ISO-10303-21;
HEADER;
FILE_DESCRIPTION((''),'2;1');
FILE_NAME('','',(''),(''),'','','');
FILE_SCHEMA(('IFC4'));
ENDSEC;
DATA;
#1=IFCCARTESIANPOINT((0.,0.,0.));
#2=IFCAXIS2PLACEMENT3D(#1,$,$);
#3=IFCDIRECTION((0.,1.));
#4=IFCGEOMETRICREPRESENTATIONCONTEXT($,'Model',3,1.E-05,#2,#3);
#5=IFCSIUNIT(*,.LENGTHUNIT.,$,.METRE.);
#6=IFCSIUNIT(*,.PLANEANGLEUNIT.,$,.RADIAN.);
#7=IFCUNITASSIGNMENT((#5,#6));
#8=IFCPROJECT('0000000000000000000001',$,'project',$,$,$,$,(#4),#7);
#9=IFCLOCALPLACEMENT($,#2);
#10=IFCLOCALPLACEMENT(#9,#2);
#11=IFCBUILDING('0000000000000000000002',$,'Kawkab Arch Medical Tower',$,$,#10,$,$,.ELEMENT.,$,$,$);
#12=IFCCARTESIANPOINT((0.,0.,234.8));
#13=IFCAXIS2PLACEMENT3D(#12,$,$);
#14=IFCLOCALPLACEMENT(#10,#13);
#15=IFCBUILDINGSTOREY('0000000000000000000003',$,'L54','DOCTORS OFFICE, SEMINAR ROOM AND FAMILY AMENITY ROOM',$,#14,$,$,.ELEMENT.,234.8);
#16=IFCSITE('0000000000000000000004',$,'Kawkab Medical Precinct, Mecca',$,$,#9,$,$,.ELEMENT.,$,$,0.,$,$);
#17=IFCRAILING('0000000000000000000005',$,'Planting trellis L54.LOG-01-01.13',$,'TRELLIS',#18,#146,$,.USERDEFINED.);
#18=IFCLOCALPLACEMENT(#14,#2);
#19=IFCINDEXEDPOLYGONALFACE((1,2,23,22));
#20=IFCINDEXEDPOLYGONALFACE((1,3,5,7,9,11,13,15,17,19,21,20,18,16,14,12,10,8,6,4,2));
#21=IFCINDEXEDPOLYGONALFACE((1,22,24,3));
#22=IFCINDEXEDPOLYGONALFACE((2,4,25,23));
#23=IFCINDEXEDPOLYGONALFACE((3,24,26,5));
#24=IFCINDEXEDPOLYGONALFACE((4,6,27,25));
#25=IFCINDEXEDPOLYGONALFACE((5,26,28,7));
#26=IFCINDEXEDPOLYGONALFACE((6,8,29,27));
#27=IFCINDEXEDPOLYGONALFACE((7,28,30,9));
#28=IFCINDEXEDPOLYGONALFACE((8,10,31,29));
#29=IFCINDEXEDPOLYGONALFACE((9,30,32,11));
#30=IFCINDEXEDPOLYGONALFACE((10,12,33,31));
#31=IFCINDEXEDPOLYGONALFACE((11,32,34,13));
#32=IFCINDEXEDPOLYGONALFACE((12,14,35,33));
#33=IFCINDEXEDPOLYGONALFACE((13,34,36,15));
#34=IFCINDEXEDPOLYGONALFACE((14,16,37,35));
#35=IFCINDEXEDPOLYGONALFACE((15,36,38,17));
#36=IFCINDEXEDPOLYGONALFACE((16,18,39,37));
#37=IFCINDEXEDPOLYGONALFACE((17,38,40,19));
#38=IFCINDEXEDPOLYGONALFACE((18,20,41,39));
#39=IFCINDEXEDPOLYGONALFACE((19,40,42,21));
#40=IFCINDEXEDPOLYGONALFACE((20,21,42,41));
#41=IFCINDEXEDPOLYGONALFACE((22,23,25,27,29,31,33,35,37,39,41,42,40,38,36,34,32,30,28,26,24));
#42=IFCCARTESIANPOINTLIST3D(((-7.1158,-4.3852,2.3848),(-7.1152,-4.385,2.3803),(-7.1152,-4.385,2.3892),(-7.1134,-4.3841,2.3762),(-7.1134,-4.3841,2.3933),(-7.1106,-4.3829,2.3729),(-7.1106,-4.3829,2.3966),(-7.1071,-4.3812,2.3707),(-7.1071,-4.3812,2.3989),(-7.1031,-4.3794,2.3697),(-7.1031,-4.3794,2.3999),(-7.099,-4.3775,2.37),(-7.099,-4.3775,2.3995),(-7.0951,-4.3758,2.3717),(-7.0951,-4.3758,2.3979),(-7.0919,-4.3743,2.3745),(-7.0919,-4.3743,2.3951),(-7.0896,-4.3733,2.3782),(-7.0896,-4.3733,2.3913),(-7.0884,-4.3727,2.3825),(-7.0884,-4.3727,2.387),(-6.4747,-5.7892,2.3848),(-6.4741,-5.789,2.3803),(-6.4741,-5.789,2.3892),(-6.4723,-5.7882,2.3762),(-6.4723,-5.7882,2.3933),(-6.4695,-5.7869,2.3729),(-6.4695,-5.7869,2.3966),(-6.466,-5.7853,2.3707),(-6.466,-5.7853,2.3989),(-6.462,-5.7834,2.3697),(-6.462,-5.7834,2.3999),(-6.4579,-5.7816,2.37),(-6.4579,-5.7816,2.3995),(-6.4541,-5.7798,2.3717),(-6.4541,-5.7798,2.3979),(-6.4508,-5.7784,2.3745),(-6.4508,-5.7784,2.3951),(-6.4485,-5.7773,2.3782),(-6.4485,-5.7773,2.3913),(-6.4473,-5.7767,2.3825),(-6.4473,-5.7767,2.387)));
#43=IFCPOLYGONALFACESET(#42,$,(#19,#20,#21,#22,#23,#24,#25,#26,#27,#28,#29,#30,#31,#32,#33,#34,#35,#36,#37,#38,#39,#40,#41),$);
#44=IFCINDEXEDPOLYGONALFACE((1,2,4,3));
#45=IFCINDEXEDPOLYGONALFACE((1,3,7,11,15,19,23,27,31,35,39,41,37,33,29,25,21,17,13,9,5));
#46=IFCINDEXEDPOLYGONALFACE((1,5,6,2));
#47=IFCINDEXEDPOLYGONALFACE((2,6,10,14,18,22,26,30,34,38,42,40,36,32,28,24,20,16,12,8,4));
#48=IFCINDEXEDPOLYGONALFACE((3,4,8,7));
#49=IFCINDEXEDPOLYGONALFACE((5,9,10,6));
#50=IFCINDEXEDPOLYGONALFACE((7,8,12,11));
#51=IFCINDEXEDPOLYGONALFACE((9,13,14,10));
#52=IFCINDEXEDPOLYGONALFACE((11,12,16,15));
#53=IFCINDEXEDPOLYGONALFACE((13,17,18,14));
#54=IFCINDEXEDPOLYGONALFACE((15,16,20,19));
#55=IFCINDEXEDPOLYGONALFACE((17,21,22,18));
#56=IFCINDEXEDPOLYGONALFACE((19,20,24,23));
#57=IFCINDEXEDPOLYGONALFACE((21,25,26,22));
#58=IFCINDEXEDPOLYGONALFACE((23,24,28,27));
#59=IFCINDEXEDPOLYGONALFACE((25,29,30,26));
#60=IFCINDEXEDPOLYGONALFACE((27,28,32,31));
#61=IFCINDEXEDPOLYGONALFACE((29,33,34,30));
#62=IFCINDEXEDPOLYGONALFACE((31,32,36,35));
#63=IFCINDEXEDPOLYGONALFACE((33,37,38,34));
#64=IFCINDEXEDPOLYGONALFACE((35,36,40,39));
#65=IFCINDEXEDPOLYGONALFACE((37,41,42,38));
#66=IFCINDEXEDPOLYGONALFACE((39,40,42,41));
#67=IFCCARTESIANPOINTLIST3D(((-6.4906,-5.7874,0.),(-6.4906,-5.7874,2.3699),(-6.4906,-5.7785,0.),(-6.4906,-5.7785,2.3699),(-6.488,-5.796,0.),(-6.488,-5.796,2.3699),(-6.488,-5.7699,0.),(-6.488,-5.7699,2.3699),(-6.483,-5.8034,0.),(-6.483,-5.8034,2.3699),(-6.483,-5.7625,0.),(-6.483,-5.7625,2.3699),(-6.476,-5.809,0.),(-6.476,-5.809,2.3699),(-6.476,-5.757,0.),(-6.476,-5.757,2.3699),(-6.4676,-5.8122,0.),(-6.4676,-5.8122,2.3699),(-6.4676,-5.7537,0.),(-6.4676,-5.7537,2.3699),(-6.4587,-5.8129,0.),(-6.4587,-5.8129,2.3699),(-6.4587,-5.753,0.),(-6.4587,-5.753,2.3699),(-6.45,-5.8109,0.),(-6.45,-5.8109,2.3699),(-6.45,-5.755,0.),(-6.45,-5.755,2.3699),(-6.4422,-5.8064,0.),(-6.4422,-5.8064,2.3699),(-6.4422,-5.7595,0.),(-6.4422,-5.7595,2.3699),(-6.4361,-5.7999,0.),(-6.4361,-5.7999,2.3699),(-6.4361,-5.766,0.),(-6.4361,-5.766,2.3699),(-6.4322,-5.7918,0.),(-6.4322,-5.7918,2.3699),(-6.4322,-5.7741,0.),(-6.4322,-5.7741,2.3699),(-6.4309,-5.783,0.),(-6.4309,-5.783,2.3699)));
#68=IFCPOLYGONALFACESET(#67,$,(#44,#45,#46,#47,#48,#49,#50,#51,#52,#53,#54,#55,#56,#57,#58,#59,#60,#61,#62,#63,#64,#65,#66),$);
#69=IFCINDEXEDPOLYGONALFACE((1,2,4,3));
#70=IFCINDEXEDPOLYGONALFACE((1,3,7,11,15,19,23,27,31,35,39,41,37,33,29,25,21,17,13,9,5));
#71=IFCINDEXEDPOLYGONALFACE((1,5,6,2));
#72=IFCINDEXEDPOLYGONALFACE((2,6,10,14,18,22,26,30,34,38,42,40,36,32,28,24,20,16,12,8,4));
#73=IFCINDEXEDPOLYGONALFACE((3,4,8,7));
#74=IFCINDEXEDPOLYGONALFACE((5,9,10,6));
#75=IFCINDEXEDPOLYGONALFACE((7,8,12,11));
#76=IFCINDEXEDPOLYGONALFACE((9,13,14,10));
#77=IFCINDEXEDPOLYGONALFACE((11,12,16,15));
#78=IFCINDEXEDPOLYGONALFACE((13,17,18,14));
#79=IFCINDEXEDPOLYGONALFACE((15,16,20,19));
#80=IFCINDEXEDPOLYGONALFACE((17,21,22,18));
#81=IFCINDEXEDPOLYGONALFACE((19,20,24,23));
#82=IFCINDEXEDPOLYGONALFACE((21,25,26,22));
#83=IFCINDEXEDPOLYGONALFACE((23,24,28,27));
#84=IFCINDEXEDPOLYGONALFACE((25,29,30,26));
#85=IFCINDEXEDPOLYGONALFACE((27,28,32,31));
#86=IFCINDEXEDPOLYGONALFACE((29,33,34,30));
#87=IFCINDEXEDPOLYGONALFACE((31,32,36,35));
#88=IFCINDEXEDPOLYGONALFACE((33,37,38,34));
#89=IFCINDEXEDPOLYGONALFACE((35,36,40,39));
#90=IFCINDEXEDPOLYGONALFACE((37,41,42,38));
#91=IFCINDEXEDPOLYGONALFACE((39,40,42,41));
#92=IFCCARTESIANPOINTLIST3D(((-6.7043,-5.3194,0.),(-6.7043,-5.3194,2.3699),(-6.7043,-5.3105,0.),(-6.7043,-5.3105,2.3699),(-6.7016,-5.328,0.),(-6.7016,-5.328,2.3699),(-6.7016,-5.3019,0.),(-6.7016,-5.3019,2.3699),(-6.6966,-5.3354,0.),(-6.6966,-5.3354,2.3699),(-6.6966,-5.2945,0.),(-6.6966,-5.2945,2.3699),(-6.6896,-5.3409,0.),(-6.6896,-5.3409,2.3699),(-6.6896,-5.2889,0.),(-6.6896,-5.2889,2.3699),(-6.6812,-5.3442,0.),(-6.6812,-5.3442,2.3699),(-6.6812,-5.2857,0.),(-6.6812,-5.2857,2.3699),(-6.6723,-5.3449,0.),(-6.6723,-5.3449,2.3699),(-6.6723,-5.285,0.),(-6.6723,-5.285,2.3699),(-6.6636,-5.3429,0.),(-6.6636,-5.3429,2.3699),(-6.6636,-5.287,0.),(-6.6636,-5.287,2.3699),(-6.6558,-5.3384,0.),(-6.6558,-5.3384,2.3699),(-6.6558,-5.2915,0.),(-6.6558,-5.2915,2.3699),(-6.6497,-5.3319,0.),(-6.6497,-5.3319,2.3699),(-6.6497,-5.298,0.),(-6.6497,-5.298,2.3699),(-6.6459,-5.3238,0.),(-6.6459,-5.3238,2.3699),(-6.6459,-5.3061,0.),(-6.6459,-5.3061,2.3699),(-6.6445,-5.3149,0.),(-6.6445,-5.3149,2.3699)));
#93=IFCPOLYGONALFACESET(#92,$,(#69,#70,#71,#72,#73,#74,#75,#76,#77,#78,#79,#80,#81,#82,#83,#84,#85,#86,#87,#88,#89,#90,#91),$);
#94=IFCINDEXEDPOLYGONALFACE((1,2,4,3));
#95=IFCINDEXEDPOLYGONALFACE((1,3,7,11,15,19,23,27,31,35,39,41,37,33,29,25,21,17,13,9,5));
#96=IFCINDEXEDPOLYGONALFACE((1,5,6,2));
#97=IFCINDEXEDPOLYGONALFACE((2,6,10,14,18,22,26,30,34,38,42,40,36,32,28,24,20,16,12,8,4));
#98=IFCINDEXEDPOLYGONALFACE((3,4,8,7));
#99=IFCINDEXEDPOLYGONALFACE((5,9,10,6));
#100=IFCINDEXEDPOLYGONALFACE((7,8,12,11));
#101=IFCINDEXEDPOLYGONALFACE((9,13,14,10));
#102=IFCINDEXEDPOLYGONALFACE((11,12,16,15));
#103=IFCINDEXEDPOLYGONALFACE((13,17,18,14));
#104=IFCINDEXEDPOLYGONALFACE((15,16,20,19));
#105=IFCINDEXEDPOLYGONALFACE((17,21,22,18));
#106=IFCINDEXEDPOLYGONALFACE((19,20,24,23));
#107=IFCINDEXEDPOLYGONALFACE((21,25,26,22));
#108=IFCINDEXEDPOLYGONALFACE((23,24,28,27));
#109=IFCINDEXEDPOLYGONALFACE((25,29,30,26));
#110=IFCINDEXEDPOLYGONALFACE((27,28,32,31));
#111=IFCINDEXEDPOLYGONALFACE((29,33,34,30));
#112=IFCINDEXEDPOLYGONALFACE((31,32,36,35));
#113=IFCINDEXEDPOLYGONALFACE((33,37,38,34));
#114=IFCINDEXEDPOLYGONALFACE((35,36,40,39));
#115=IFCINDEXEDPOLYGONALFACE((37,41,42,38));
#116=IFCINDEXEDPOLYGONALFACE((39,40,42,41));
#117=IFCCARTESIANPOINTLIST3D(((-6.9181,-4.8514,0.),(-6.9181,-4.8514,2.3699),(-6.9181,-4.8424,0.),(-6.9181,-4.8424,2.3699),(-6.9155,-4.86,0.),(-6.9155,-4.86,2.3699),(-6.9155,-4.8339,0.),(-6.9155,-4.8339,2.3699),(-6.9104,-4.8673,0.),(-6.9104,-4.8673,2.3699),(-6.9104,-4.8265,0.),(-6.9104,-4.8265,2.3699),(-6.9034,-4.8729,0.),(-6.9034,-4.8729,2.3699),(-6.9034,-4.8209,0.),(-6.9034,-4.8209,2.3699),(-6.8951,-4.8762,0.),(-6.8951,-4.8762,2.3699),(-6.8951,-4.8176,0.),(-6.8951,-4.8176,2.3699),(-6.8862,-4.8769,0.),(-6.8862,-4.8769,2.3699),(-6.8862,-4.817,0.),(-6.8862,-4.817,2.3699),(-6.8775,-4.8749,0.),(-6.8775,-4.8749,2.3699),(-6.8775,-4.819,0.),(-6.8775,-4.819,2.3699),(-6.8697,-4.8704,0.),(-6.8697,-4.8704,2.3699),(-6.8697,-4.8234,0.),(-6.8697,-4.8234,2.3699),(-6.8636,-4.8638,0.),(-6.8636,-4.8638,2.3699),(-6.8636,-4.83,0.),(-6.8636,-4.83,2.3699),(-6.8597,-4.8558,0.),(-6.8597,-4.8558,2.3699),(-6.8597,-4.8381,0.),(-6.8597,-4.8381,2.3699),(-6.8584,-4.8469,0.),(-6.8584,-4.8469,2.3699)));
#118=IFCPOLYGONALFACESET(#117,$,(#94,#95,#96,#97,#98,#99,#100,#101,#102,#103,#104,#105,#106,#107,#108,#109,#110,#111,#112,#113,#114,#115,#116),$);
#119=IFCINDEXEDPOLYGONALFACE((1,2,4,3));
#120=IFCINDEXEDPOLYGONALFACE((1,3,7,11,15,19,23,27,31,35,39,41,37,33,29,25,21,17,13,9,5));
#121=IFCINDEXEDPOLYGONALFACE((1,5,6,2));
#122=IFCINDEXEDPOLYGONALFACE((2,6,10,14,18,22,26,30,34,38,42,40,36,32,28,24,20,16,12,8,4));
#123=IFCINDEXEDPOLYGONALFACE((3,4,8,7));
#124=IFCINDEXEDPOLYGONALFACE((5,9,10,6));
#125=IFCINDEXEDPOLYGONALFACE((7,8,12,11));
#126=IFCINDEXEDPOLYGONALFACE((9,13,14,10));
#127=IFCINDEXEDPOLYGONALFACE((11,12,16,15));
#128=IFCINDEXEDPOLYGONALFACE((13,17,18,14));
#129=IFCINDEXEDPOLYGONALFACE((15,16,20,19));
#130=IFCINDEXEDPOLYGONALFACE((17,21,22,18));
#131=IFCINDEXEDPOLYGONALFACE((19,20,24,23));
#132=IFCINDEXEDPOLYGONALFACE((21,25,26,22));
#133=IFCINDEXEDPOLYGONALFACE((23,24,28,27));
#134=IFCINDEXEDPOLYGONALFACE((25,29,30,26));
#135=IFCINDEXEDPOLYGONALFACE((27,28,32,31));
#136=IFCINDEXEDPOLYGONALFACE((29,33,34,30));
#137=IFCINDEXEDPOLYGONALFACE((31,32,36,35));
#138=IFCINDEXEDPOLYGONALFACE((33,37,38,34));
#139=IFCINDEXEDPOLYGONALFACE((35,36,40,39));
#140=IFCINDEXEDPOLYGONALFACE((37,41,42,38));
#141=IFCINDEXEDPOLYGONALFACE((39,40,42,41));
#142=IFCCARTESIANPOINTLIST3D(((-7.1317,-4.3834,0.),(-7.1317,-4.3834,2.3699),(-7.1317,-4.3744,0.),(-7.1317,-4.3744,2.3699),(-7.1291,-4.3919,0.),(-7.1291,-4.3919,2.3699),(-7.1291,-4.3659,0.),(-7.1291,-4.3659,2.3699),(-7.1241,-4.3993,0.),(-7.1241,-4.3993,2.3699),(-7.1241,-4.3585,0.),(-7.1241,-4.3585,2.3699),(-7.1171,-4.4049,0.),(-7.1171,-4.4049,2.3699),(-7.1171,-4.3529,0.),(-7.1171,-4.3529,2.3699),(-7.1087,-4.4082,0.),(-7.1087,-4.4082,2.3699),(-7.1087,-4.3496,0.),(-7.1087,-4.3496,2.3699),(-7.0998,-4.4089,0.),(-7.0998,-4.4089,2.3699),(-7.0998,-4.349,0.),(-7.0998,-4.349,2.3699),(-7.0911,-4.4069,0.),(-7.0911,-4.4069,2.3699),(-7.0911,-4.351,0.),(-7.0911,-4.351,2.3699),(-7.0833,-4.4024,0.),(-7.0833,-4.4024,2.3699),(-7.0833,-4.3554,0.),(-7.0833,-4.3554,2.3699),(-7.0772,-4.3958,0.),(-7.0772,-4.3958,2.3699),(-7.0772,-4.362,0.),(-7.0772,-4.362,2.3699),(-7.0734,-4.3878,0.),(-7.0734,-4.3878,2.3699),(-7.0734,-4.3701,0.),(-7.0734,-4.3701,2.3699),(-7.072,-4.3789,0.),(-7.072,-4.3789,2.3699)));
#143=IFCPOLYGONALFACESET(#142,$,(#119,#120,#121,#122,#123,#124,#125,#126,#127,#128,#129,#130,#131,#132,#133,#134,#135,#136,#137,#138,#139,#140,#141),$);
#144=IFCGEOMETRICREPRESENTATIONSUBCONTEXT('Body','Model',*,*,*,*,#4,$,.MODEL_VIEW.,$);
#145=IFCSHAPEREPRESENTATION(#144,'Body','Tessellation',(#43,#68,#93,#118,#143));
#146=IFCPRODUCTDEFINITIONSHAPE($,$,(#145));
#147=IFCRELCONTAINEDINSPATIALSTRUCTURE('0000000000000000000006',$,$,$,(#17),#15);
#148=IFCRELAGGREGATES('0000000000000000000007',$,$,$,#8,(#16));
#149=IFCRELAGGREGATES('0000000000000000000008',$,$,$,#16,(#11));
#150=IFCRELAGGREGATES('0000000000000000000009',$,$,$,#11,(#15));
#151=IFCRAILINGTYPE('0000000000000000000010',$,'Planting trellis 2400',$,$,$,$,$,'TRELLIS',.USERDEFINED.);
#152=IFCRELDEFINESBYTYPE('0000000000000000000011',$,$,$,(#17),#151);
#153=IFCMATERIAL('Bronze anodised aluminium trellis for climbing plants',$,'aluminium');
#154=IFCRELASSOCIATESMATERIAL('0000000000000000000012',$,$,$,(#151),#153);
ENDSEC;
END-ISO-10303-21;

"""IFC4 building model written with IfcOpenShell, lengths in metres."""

from ifc_helpers import new_model, si_unit, direction, frame, origin, origin_2d, place, context, subcontext, project, spatial, circle, extrude, material, type_object, element, save


model = new_model("IFC4")

# Units and contexts
model_context = context("Model", 3, precision=1e-05, world=origin(), true_north=direction((0.0, 1.0)))
body_context = subcontext(model_context, "Body", "Model", "MODEL_VIEW")
ifc_project = project(units=[si_unit("LENGTHUNIT", "METRE"), si_unit("PLANEANGLEUNIT", "RADIAN")], contexts=[model_context])

# Site, building, storey
site_placement = place(None, origin())
site = spatial("IfcSite", under=ifc_project, at=site_placement, Name="Kawkab Medical Precinct, Mecca", CompositionType="ELEMENT", RefElevation=0.0)
building_placement = place(site_placement, origin())
building = spatial("IfcBuilding", under=site, at=building_placement, Name="Kawkab Arch Medical Tower", CompositionType="ELEMENT")
storey_placement = place(building_placement, frame((0.0, 0.0, 234.8)))
storey = spatial("IfcBuildingStorey", under=building, at=storey_placement, Name="L54", Description="DOCTORS OFFICE, SEMINAR ROOM AND FAMILY AMENITY ROOM", CompositionType="ELEMENT", Elevation=234.8)

# Railing
ifc_material_1 = material(Name="Bronze anodised aluminium trellis for climbing plants", Category="aluminium")
railing_type = type_object("IfcRailingType", Name="Planting trellis 2400", ElementType="TRELLIS", PredefinedType="USERDEFINED", material=ifc_material_1)
railing_1_placement = place(storey_placement, frame((-6.4609, -5.783, 0.0)))
element("IfcRailing", 1, at=railing_1_placement, inside=storey, type_object=railing_type, Name="Planting trellis L54.LOG-01-01.13", ObjectType="TRELLIS", PredefinedType="USERDEFINED", context=body_context, shape_type="SweptSolid", body=[
    extrude(circle(Radius=0.0151, at=origin_2d()), frame((0.0, 0.0, 2.3848), z_axis=(-0.415363, 0.909656, 0.0), x_axis=(-0.909656, -0.415363, 0.0)), (0.0, 0.0, 1.0), 1.5435),
    extrude(circle(Radius=0.03, at=origin_2d()), origin(), (0.0, 0.0, 1.0), 2.3699),
    extrude(circle(Radius=0.03, at=origin_2d()), frame((-0.2136, 0.468, 0.0)), (0.0, 0.0, 1.0), 2.3699),
    extrude(circle(Radius=0.03, at=origin_2d()), frame((-0.4275, 0.936, 0.0)), (0.0, 0.0, 1.0), 2.3699),
    extrude(circle(Radius=0.03, at=origin_2d()), frame((-0.6411, 1.4041, 0.0)), (0.0, 0.0, 1.0), 2.3699),
])

save(model, "model.ifc")
